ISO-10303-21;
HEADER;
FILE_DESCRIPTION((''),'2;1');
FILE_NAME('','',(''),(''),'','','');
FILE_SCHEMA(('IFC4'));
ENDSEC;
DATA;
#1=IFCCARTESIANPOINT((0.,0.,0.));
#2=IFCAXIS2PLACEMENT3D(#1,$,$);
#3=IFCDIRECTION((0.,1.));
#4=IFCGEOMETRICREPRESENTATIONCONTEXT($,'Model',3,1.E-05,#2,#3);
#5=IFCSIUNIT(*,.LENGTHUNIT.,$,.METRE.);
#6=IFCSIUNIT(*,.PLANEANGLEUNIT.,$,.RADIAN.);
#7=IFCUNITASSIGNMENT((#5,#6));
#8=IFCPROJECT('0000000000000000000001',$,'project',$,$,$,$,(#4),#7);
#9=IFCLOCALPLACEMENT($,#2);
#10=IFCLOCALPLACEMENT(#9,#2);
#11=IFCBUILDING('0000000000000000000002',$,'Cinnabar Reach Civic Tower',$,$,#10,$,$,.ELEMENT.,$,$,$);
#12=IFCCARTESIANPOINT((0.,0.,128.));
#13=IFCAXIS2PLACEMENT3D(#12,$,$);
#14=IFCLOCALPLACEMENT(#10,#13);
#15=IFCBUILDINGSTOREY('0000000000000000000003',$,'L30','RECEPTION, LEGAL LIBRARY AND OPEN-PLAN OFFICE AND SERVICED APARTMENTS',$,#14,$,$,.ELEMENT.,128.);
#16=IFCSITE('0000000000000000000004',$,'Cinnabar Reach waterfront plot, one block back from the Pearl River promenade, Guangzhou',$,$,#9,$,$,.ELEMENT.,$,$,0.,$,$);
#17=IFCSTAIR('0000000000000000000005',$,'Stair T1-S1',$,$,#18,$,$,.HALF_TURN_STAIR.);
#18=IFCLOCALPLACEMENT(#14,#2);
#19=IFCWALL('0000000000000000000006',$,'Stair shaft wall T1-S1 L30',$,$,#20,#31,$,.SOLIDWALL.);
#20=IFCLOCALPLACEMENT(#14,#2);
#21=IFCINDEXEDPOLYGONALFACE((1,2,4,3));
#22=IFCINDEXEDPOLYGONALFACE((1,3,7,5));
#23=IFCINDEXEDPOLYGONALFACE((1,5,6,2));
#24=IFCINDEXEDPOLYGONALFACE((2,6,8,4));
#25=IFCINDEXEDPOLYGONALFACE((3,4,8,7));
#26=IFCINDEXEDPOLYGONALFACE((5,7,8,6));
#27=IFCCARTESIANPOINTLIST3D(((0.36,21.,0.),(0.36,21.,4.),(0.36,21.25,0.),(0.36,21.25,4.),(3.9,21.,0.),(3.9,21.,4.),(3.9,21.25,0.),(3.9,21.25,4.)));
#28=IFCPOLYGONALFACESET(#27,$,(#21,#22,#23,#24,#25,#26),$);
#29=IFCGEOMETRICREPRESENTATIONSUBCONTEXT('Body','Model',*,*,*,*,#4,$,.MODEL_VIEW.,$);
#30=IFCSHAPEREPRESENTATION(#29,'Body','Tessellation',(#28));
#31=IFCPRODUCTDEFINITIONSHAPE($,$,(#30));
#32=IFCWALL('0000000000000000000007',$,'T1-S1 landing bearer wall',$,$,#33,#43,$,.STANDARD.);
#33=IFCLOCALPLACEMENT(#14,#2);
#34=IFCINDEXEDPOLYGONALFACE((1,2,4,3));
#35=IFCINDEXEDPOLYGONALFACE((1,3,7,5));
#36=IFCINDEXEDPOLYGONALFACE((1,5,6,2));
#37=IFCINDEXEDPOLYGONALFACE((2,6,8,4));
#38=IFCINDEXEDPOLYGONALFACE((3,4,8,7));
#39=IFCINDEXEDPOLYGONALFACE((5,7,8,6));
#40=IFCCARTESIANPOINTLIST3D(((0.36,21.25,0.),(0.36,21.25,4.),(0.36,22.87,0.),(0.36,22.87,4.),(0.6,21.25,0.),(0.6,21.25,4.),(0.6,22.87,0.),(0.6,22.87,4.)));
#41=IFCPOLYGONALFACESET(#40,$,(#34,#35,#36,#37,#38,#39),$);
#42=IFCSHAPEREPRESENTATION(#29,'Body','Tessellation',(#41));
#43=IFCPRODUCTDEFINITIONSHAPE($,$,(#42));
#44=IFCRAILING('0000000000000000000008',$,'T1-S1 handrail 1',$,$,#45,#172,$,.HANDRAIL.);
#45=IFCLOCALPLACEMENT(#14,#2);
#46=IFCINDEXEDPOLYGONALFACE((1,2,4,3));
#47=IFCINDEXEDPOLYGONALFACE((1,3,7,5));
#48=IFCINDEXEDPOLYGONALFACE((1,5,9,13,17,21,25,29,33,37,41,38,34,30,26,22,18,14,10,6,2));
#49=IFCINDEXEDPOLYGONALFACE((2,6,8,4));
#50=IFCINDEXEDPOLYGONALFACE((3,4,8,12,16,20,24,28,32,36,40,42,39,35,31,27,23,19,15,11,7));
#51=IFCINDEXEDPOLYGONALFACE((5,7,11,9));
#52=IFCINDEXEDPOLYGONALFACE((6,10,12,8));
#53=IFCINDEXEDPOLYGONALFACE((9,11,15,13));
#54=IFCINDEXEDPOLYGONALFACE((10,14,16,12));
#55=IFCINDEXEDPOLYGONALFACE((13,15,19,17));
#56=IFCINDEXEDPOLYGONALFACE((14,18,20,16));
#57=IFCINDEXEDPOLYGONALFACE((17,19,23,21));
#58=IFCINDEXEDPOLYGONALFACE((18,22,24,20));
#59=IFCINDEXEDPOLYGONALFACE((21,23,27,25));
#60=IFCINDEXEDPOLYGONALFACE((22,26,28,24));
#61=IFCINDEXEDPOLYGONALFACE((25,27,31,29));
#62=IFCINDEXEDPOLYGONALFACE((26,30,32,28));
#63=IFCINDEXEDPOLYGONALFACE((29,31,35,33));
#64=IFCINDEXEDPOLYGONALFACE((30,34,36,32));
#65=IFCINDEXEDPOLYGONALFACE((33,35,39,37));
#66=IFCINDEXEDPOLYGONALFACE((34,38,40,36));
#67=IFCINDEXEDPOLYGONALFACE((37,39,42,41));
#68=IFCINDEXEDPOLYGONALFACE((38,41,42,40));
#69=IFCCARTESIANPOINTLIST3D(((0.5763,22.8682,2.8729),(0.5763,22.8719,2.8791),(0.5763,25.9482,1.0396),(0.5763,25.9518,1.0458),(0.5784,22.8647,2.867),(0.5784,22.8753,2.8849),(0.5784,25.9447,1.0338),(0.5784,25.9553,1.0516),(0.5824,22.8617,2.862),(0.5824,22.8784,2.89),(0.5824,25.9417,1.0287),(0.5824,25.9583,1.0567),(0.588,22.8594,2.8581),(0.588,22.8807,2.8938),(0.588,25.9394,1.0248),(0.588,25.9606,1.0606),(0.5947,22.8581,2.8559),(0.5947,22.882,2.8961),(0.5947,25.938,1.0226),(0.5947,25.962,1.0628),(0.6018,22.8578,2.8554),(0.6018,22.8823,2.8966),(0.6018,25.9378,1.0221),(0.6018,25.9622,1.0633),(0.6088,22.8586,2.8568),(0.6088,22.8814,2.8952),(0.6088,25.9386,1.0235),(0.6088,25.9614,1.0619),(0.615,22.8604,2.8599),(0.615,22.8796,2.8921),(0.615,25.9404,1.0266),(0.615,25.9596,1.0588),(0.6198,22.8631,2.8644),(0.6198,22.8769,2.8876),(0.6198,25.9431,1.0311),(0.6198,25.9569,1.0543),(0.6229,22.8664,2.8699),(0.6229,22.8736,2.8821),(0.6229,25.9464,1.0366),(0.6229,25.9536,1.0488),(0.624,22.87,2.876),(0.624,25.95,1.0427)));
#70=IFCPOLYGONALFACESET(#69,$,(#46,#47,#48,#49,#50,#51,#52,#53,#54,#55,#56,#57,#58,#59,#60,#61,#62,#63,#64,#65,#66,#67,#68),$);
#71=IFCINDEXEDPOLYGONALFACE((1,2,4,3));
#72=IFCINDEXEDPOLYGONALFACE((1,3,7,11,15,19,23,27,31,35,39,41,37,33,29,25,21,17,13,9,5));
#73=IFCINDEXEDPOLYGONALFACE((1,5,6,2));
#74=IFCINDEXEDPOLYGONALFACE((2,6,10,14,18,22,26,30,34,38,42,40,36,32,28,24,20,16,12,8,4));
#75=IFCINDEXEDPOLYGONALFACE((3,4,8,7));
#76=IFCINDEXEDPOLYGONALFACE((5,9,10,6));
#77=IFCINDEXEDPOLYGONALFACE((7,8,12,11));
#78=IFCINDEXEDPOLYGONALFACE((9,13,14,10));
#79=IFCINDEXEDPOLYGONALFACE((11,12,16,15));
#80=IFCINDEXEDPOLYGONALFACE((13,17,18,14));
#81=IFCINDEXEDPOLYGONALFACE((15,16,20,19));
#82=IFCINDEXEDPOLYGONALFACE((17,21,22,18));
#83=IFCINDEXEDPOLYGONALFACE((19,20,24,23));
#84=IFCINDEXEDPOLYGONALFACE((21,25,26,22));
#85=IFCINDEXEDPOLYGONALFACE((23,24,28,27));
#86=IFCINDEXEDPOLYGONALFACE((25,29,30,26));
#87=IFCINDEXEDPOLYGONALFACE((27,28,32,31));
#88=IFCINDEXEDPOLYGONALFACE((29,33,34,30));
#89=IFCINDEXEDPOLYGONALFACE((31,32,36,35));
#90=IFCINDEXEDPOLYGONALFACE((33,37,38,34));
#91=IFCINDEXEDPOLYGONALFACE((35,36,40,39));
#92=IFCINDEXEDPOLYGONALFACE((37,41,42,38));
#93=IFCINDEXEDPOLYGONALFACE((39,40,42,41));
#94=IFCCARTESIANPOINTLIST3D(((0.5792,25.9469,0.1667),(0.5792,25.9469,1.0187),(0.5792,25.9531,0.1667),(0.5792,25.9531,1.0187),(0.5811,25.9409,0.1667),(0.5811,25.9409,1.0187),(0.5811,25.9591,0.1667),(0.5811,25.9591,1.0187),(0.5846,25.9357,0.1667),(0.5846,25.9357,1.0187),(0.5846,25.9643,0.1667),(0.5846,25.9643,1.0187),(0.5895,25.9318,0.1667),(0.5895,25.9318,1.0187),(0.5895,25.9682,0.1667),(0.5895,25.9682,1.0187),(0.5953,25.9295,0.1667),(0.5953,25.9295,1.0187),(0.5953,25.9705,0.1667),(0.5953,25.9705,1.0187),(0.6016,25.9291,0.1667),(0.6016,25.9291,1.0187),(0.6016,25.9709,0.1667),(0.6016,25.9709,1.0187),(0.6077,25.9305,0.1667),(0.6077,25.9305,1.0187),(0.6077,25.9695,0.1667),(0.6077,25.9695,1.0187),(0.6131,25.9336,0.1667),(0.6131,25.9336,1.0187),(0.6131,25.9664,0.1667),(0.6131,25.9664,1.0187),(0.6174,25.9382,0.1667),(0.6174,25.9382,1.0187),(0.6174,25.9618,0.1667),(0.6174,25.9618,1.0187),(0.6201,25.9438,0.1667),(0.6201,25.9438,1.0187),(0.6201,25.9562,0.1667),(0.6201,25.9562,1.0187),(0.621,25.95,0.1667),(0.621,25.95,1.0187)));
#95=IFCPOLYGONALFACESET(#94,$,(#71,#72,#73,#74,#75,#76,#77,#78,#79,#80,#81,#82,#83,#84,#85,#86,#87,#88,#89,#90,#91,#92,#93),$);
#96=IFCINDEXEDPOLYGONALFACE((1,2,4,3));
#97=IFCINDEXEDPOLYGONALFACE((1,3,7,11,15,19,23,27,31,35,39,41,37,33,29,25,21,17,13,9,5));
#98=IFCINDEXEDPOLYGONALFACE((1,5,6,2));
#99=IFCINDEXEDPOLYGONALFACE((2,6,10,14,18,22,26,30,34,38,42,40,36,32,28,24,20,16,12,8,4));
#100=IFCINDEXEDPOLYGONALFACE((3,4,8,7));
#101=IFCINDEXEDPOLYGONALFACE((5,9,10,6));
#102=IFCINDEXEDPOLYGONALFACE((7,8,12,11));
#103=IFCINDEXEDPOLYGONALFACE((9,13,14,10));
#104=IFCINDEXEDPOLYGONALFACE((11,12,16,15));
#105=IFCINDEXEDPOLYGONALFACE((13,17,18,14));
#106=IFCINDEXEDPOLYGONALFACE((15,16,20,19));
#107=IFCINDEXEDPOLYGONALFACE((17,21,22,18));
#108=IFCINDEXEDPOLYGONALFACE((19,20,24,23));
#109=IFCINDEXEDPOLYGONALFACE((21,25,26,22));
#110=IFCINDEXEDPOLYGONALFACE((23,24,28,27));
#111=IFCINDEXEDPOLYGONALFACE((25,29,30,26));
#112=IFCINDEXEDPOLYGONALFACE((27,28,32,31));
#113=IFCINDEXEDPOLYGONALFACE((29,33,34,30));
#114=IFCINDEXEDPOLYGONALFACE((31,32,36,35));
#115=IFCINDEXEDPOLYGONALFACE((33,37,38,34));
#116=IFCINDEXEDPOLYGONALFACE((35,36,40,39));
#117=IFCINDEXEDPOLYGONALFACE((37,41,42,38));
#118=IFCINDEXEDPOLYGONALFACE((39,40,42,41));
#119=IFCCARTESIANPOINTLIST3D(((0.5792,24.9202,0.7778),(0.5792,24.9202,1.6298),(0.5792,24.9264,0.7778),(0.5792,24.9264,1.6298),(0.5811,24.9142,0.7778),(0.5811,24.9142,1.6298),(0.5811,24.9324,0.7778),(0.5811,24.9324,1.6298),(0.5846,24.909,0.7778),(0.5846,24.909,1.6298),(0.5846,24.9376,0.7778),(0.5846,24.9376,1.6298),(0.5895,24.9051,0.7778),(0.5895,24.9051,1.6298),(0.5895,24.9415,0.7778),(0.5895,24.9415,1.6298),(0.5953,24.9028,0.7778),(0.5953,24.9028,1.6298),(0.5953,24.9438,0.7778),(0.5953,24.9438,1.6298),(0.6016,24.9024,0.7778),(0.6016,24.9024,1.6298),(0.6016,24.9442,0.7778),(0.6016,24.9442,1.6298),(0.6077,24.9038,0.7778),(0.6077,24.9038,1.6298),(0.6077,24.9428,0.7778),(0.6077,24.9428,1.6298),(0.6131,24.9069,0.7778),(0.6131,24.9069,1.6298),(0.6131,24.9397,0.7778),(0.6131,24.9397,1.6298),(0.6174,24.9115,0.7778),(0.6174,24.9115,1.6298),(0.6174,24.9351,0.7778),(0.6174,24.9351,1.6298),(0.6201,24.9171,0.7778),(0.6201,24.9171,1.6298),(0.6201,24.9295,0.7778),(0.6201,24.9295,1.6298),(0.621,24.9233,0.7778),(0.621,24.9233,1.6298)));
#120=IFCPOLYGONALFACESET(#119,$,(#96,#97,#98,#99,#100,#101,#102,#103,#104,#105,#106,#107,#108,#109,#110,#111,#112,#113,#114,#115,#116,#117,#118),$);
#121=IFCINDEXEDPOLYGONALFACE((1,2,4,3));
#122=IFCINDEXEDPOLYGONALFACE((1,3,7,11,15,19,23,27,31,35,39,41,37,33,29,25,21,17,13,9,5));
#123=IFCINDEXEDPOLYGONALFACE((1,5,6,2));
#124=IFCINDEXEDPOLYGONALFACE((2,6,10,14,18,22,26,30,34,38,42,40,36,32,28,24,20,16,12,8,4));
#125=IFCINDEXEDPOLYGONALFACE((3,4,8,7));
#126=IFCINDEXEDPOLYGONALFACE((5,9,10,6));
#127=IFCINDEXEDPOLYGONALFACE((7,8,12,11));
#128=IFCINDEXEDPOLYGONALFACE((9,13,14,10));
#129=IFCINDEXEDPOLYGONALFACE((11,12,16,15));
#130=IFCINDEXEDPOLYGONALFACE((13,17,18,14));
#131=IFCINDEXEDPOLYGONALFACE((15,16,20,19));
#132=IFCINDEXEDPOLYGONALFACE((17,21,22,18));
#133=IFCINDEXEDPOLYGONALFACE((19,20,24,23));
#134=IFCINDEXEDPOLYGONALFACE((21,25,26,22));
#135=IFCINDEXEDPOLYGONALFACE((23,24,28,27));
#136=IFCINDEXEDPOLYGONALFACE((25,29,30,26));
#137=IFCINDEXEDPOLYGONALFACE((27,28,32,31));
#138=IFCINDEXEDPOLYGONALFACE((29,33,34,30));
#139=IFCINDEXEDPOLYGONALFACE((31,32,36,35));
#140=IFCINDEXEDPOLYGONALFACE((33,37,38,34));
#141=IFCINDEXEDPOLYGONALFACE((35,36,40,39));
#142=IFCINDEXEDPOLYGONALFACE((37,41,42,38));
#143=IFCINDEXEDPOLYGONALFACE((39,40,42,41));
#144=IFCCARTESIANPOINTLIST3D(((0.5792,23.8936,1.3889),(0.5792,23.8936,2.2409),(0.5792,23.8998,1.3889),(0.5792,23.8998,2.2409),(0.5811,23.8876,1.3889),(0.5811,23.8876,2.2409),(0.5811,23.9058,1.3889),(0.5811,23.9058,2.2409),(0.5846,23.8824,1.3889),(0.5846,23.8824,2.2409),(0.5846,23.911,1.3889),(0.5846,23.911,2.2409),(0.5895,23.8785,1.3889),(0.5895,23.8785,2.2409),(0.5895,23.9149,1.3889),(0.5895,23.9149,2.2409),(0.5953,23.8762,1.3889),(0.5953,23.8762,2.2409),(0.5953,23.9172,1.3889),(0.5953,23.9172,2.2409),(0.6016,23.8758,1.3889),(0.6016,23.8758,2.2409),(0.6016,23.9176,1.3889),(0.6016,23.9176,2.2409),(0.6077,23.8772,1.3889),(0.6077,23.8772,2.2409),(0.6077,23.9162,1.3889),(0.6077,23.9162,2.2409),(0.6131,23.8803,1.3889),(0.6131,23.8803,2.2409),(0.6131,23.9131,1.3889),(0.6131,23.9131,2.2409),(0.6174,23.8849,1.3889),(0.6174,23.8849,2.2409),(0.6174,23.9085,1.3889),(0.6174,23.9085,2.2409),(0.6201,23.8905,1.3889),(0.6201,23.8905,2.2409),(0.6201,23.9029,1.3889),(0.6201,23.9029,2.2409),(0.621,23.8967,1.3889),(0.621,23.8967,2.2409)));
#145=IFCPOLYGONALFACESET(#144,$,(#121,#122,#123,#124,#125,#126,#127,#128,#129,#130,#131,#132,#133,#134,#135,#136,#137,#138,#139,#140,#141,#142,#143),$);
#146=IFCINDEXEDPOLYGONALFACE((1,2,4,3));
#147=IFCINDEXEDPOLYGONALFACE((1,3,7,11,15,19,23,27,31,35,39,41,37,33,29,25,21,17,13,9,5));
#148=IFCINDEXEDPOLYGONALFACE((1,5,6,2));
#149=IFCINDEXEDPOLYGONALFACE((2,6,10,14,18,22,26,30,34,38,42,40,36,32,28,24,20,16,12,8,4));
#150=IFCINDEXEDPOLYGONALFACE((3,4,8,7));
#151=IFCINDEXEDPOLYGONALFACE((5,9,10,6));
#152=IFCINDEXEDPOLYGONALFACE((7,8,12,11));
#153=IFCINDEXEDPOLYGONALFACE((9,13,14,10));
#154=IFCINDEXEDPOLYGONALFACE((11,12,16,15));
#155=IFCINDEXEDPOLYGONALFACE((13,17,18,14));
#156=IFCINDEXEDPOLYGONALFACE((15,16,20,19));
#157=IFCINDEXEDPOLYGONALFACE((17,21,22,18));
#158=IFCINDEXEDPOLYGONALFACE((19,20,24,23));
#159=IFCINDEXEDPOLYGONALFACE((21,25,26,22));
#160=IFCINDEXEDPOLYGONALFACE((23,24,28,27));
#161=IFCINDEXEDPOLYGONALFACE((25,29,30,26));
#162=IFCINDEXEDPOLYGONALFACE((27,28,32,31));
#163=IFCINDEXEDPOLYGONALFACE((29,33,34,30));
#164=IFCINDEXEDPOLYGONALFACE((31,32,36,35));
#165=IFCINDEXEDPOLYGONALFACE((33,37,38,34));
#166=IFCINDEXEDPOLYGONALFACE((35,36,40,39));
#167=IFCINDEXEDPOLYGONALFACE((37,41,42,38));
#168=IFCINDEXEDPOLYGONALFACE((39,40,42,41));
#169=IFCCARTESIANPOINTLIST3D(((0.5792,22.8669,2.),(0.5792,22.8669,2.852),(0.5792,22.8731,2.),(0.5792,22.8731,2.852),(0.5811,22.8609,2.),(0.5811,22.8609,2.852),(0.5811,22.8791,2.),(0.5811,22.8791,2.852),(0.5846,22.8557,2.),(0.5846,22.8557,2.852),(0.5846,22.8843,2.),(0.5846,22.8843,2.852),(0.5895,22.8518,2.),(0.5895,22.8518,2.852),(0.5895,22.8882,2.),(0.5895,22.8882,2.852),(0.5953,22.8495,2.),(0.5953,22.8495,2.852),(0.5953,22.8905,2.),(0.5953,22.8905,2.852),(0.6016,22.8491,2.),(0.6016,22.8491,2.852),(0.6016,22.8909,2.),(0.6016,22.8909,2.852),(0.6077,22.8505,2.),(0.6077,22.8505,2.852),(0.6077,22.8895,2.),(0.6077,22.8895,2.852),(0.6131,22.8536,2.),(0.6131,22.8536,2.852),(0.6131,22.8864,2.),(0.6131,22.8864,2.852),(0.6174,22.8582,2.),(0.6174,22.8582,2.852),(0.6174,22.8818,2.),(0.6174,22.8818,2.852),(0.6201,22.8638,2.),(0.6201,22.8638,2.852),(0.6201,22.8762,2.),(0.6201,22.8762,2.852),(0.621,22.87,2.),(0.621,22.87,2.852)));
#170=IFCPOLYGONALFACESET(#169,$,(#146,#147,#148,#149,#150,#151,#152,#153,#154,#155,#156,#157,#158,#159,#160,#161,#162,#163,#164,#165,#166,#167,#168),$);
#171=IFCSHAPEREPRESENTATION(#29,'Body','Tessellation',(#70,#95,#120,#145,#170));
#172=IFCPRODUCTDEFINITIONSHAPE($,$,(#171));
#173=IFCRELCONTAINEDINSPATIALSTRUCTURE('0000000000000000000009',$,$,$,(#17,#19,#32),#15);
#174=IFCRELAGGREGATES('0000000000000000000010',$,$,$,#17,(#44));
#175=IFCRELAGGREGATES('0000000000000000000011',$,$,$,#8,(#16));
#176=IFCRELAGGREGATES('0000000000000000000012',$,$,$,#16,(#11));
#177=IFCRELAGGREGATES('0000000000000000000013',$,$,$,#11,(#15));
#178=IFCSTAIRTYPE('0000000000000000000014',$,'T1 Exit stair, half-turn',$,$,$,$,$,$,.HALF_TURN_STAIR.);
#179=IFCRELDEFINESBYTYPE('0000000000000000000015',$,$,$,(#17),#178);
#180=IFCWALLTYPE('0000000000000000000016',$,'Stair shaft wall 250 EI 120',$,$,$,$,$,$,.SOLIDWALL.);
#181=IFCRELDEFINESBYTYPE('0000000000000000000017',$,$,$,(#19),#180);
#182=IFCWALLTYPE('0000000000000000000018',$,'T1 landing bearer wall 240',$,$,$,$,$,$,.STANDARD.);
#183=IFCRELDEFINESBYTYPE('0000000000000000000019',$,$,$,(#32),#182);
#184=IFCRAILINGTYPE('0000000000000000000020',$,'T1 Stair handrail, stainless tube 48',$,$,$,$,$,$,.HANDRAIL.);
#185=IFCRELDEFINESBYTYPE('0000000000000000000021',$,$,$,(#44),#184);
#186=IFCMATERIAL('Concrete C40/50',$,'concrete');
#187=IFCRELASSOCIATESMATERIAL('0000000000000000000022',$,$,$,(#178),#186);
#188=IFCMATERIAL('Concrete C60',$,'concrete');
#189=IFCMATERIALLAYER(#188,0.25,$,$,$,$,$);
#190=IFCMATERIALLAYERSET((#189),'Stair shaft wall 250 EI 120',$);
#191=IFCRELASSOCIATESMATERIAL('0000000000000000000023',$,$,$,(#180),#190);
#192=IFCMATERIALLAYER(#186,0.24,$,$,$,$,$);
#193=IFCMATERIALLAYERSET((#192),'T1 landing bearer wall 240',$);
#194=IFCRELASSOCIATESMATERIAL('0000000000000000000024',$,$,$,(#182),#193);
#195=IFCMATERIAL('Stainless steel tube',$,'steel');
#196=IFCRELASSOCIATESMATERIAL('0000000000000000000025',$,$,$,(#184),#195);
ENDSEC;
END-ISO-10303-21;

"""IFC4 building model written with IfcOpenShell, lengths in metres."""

from ifc_helpers import new_model, si_unit, direction, frame, frame_2d, origin, origin_2d, place, context, subcontext, project, spatial, rectangle, circle, extrude, material, layer, layer_set, type_object, element, aggregate, save


model = new_model("IFC4")

# Units and contexts
model_context = context("Model", 3, precision=1e-05, world=origin(), true_north=direction((0.0, 1.0)))
body_context = subcontext(model_context, "Body", "Model", "MODEL_VIEW")
ifc_project = project(units=[si_unit("LENGTHUNIT", "METRE"), si_unit("PLANEANGLEUNIT", "RADIAN")], contexts=[model_context])

# Site, building, storey
site_placement = place(None, origin())
site = spatial("IfcSite", under=ifc_project, at=site_placement, Name="Cinnabar Reach waterfront plot, one block back from the Pearl River promenade, Guangzhou", CompositionType="ELEMENT", RefElevation=0.0)
building_placement = place(site_placement, origin())
building = spatial("IfcBuilding", under=site, at=building_placement, Name="Cinnabar Reach Civic Tower", CompositionType="ELEMENT")
storey_placement = place(building_placement, frame((0.0, 0.0, 128.0)))
storey = spatial("IfcBuildingStorey", under=building, at=storey_placement, Name="L30", Description="RECEPTION, LEGAL LIBRARY AND OPEN-PLAN OFFICE AND SERVICED APARTMENTS", CompositionType="ELEMENT", Elevation=128.0)

# Stair
ifc_material_1 = material(Name="Concrete C40/50", Category="concrete")
stair_type_1 = type_object("IfcStairType", Name="T1 Exit stair, half-turn", PredefinedType="HALF_TURN_STAIR", material=ifc_material_1)
stair_1_placement = place(storey_placement, origin())
stair_1 = element("IfcStair", 1, at=stair_1_placement, inside=storey, type_object=stair_type_1, Name="Stair T1-S1", PredefinedType="HALF_TURN_STAIR")

# Walls
ifc_material_2 = material(Name="Concrete C60", Category="concrete")
ifc_layer_1 = layer(ifc_material_2, 0.25)
ifc_layer_set_1 = layer_set([ifc_layer_1], Name="Stair shaft wall 250 EI 120")
wall_type_1 = type_object("IfcWallType", Name="Stair shaft wall 250 EI 120", PredefinedType="SOLIDWALL", material=ifc_layer_set_1)
wall_1_placement = place(storey_placement, frame((0.36, 21.125, 0.0), z_axis=(0.0, 0.0, 1.0), x_axis=(1.0, 0.0, 0.0)))
element("IfcWall", 2, at=wall_1_placement, inside=storey, type_object=wall_type_1, Name="Stair shaft wall T1-S1 L30", PredefinedType="SOLIDWALL", context=body_context, shape_type="SweptSolid", body=[
    extrude(rectangle(XDim=3.54, YDim=0.25, at=frame_2d((1.77, 0.0))), origin(), (0.0, 0.0, 1.0), 4.0),
])
ifc_layer_2 = layer(ifc_material_1, 0.24)
ifc_layer_set_2 = layer_set([ifc_layer_2], Name="T1 landing bearer wall 240")
wall_type_2 = type_object("IfcWallType", Name="T1 landing bearer wall 240", PredefinedType="STANDARD", material=ifc_layer_set_2)
wall_2_placement = place(storey_placement, frame((0.48, 21.25, 0.0), z_axis=(0.0, 0.0, 1.0), x_axis=(0.0, 1.0, 0.0)))
element("IfcWall", 3, at=wall_2_placement, inside=storey, type_object=wall_type_2, Name="T1-S1 landing bearer wall", PredefinedType="STANDARD", context=body_context, shape_type="SweptSolid", body=[
    extrude(rectangle(XDim=1.62, YDim=0.24, at=frame_2d((0.81, 0.0))), origin(), (0.0, 0.0, 1.0), 4.0),
])

# Railing
ifc_material_3 = material(Name="Stainless steel tube", Category="steel")
railing_type_1 = type_object("IfcRailingType", Name="T1 Stair handrail, stainless tube 48", PredefinedType="HANDRAIL", material=ifc_material_3)
railing_1_placement = place(storey_placement, frame((0.6, 25.95, 0.1667)))
railing_1 = element("IfcRailing", 4, at=railing_1_placement, type_object=railing_type_1, Name="T1-S1 handrail 1", PredefinedType="HANDRAIL", context=body_context, shape_type="SweptSolid", body=[
    extrude(circle(Radius=0.024, at=origin_2d()), frame((0.0, 0.0, 0.876), z_axis=(0.0, -0.859297, 0.511477), x_axis=(1.0, 0.0, 0.0)), (0.0, 0.0, 1.0), 3.5843),
    extrude(circle(Radius=0.021, at=origin_2d()), origin(), (0.0, 0.0, 1.0), 0.852),
    extrude(circle(Radius=0.021, at=origin_2d()), frame((0.0, -1.0267, 0.6111)), (0.0, 0.0, 1.0), 0.852),
    extrude(circle(Radius=0.021, at=origin_2d()), frame((0.0, -2.0533, 1.2222)), (0.0, 0.0, 1.0), 0.852),
    extrude(circle(Radius=0.021, at=origin_2d()), frame((0.0, -3.08, 1.8333)), (0.0, 0.0, 1.0), 0.852),
])
aggregate(stair_1, [railing_1])

save(model, "model.ifc")
